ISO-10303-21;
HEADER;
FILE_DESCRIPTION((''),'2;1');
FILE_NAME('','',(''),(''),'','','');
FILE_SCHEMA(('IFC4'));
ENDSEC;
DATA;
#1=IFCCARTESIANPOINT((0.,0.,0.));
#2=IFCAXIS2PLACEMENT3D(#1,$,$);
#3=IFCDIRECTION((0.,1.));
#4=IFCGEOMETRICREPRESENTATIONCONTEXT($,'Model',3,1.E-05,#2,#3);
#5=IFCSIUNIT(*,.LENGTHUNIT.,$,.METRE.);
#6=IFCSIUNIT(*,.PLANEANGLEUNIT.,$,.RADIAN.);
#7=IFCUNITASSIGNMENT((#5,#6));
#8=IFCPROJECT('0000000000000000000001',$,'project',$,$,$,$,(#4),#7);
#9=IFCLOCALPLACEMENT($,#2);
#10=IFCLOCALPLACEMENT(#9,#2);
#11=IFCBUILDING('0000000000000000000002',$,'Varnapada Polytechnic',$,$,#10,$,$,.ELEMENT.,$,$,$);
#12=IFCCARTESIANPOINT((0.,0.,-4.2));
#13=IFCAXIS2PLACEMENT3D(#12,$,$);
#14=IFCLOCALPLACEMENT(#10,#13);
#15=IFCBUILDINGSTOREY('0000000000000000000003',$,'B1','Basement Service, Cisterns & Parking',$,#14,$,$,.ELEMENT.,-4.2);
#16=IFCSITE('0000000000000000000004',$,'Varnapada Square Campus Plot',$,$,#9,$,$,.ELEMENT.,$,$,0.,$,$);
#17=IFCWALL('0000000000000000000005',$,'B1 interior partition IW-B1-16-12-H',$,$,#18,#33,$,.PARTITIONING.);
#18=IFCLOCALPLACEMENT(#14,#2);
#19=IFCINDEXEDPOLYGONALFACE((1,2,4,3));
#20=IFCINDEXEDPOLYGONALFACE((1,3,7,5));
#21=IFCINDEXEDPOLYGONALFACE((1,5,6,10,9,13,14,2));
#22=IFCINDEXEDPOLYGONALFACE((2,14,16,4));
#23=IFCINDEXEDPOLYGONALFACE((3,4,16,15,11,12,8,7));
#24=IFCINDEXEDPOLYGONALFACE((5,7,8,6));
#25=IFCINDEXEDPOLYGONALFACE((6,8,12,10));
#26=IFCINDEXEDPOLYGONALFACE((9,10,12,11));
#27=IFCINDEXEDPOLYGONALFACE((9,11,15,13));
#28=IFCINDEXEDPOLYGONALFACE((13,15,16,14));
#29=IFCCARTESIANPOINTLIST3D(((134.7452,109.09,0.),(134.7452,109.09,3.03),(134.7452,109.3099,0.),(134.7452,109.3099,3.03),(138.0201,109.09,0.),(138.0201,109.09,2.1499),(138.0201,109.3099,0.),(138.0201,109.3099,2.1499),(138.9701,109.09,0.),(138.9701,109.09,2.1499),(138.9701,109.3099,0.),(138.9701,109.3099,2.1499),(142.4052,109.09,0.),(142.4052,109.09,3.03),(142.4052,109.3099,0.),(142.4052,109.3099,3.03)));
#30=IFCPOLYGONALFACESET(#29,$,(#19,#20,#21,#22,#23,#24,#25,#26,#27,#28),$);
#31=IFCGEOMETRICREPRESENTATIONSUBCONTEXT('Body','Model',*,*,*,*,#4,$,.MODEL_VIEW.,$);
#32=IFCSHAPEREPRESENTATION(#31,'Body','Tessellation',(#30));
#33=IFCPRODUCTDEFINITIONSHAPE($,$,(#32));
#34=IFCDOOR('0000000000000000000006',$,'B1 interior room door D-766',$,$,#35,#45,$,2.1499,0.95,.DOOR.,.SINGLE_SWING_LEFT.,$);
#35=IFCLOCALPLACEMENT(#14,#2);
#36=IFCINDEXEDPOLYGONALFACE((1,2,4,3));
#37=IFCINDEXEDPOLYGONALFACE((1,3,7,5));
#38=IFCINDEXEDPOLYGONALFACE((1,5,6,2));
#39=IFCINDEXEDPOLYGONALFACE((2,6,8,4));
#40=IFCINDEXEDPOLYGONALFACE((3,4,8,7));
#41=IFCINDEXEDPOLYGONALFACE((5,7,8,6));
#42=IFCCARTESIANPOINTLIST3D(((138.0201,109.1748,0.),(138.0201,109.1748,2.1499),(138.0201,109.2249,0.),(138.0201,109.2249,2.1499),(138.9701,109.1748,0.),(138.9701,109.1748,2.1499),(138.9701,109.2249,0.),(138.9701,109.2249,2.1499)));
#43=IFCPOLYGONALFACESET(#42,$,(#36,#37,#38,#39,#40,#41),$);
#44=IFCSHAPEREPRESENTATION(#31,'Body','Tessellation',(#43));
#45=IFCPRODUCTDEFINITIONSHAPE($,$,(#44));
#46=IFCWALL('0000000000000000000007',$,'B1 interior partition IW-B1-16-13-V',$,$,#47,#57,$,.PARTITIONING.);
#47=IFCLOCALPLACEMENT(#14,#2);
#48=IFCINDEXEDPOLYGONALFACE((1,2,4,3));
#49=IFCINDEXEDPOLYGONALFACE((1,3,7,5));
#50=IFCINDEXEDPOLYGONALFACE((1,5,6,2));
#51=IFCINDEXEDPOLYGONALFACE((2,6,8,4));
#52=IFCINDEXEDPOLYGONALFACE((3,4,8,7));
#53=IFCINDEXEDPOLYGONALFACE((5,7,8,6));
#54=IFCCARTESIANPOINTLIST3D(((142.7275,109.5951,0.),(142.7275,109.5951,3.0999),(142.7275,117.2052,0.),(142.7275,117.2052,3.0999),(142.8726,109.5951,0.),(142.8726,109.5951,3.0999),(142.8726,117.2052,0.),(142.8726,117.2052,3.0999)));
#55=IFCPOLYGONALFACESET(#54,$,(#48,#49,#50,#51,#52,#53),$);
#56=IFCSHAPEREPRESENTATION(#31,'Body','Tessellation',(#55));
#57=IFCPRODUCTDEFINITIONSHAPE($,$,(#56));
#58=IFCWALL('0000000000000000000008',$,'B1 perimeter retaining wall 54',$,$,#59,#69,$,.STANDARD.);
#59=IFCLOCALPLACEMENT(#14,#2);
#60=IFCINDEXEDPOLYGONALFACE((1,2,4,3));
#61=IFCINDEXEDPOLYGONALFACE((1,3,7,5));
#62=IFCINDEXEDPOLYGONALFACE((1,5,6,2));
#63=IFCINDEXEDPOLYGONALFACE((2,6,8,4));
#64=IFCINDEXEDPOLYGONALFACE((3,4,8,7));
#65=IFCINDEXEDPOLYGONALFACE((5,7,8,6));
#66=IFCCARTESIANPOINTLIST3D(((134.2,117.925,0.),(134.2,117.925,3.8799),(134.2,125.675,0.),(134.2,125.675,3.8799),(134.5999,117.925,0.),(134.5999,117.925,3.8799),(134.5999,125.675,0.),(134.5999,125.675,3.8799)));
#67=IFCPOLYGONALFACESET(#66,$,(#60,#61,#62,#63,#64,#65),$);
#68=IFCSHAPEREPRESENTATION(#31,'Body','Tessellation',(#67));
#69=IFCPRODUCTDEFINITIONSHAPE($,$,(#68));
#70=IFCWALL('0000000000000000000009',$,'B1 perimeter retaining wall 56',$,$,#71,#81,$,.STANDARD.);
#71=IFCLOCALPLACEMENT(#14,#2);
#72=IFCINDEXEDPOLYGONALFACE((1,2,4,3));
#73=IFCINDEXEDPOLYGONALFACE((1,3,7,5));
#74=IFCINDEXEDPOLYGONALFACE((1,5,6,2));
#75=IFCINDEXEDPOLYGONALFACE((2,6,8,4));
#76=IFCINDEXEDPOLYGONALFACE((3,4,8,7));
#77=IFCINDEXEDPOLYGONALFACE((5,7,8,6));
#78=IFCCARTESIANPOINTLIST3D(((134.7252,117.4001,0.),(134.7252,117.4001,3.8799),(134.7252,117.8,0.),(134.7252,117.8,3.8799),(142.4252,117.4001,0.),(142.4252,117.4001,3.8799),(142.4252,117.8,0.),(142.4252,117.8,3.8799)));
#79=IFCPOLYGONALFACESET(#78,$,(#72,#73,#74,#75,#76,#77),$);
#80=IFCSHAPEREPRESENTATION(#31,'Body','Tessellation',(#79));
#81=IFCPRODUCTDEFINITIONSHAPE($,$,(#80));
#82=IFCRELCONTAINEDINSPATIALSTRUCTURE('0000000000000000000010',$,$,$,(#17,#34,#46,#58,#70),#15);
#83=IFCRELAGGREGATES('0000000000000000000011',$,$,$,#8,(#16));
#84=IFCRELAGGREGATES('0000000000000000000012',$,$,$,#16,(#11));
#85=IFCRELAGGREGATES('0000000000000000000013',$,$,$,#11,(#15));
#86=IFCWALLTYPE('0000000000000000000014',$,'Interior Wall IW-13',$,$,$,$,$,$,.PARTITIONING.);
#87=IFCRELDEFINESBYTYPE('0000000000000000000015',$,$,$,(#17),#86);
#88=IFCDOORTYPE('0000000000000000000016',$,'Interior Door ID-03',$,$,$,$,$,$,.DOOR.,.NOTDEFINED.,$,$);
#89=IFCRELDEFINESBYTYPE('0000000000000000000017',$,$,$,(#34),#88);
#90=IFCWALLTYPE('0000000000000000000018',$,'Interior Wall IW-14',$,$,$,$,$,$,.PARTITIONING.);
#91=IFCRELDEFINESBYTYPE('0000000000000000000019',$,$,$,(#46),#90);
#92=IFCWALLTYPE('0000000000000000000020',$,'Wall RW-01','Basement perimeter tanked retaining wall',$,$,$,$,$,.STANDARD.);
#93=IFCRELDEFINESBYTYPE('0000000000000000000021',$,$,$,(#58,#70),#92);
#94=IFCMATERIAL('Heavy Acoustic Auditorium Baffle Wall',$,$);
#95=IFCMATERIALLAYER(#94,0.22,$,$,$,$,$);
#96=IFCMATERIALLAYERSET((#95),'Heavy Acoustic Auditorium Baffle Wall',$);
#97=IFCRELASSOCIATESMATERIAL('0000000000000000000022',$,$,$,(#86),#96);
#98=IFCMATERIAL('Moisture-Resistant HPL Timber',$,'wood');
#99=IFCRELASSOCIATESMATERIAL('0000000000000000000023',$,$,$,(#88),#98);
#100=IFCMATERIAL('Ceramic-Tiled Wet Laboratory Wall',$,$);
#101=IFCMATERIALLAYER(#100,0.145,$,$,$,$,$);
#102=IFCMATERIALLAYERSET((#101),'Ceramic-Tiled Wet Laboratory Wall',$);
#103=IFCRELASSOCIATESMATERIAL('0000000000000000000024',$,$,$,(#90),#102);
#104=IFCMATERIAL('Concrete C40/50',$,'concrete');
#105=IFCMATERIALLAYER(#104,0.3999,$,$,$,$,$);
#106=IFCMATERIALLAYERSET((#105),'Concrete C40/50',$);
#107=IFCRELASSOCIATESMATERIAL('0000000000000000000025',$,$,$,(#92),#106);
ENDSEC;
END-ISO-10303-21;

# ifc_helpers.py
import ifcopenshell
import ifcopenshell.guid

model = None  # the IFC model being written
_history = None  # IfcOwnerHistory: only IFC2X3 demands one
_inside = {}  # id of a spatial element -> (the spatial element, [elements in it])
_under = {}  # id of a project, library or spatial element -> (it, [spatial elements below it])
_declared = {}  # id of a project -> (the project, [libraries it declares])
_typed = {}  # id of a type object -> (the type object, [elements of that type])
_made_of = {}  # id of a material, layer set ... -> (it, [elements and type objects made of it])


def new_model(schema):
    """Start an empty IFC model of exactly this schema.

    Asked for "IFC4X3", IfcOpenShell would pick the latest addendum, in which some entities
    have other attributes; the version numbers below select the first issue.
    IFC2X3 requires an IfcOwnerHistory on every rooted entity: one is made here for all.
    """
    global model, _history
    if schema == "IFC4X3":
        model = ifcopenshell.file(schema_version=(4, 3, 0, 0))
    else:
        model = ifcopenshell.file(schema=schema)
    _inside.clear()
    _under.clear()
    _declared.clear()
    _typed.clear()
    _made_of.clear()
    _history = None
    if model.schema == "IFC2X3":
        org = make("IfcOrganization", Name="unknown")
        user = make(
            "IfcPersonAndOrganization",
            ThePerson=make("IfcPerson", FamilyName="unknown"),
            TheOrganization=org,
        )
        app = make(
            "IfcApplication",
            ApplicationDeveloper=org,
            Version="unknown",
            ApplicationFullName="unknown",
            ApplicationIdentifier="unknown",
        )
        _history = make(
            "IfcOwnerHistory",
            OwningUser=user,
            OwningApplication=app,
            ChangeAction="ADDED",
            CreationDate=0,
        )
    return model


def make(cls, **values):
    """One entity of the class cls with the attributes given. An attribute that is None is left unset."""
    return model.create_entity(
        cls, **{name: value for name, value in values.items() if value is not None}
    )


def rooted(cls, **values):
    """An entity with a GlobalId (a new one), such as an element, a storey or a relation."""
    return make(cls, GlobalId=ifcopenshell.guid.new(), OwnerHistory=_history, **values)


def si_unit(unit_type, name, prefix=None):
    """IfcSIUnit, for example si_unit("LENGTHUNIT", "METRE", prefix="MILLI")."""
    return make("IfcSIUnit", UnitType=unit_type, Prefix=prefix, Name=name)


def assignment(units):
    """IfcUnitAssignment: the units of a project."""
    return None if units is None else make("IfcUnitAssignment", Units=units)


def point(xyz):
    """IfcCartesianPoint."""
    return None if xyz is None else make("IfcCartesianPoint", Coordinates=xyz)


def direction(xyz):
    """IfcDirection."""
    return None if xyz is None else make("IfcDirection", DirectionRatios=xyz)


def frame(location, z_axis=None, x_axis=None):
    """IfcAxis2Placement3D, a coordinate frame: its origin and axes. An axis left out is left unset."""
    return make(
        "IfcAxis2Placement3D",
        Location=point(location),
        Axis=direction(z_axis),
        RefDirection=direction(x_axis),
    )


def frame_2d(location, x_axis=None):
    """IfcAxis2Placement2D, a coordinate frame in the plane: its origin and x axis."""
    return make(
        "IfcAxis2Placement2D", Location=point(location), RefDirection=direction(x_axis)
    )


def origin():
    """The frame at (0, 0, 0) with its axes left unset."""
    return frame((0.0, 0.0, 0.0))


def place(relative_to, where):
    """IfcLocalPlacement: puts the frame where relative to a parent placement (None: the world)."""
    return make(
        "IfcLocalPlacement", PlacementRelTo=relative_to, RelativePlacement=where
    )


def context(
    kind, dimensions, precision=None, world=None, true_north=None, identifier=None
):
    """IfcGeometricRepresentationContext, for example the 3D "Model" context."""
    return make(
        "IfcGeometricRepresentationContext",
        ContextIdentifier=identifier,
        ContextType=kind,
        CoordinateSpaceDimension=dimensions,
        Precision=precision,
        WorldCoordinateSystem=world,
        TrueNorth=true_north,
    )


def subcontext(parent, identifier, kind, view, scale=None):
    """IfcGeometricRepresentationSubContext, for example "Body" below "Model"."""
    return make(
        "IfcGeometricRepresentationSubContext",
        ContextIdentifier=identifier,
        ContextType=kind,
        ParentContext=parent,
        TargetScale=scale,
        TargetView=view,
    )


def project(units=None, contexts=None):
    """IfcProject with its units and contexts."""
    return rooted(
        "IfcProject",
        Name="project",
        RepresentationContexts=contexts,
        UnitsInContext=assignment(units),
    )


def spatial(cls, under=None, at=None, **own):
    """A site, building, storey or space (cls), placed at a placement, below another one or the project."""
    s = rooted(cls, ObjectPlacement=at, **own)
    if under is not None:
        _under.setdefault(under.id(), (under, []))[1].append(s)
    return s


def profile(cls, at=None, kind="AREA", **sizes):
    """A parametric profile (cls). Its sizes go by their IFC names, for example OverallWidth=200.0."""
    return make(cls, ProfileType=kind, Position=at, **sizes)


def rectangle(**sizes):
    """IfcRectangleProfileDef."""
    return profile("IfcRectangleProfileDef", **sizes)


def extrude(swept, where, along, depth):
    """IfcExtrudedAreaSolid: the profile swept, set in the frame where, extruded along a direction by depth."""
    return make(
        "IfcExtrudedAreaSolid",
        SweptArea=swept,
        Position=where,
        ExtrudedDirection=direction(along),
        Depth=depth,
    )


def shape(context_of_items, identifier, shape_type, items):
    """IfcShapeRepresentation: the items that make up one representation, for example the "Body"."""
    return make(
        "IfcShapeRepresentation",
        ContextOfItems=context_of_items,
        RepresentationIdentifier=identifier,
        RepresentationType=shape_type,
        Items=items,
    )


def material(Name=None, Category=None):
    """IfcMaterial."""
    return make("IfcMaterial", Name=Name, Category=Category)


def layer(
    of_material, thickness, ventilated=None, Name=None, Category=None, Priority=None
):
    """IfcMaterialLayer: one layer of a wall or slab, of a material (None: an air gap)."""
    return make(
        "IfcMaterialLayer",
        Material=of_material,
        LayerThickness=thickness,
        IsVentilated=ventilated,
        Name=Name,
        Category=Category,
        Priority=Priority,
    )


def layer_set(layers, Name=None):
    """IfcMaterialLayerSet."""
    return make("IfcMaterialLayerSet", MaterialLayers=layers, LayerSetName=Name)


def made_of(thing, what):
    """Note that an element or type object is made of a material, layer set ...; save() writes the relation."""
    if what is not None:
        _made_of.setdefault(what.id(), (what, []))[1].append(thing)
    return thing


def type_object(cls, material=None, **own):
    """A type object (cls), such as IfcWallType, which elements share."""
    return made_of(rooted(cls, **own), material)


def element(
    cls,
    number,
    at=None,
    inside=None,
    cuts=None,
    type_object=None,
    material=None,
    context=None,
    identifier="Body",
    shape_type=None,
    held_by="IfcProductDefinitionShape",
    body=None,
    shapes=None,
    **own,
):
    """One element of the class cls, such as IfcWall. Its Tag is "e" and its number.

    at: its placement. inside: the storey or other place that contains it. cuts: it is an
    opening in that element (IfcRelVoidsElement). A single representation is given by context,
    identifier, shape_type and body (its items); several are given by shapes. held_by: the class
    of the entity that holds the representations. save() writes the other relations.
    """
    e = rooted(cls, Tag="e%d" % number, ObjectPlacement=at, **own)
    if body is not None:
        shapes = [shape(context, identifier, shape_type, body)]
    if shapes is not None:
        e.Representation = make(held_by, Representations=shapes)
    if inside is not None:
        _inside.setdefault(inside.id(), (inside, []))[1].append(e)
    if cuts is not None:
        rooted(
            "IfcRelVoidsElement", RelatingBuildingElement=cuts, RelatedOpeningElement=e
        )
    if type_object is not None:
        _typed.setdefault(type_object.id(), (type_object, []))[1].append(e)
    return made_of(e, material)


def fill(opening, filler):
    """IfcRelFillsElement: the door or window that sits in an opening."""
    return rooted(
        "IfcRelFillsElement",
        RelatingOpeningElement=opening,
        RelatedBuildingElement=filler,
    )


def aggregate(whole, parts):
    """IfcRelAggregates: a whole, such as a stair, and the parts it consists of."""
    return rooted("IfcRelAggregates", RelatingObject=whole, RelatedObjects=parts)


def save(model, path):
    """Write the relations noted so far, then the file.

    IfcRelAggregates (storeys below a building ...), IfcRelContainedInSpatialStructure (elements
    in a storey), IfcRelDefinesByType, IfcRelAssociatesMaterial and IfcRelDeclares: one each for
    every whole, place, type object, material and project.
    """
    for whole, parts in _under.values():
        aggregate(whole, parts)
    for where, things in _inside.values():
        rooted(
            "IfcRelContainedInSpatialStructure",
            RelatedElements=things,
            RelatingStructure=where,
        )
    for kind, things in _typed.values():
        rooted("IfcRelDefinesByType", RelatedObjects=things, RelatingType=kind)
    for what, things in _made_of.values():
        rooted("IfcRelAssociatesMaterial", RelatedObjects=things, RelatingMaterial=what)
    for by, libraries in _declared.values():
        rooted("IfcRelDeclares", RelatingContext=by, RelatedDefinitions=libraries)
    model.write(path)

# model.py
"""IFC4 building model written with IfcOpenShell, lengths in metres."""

from ifc_helpers import new_model, si_unit, direction, frame, frame_2d, origin, place, context, subcontext, project, spatial, rectangle, extrude, material, layer, layer_set, type_object, element, fill, save


model = new_model("IFC4")

# Units and contexts
model_context = context("Model", 3, precision=1e-05, world=origin(), true_north=direction((0.0, 1.0)))
body_context = subcontext(model_context, "Body", "Model", "MODEL_VIEW")
ifc_project = project(units=[si_unit("LENGTHUNIT", "METRE"), si_unit("PLANEANGLEUNIT", "RADIAN")], contexts=[model_context])

# Site, building, storey
site_placement = place(None, origin())
site = spatial("IfcSite", under=ifc_project, at=site_placement, Name="Varnapada Square Campus Plot", CompositionType="ELEMENT", RefElevation=0.0)
building_placement = place(site_placement, origin())
building = spatial("IfcBuilding", under=site, at=building_placement, Name="Varnapada Polytechnic", CompositionType="ELEMENT")
storey_placement = place(building_placement, frame((0.0, 0.0, -4.2)))
storey = spatial("IfcBuildingStorey", under=building, at=storey_placement, Name="B1", Description="Basement Service, Cisterns & Parking", CompositionType="ELEMENT", Elevation=-4.2)

# Shared definitions
ifc_material_1 = material(Name="Concrete C40/50", Category="concrete")

# Wall, opening, door
ifc_material_2 = material(Name="Heavy Acoustic Auditorium Baffle Wall")
ifc_layer_1 = layer(ifc_material_2, 0.22)
ifc_layer_set_1 = layer_set([ifc_layer_1], Name="Heavy Acoustic Auditorium Baffle Wall")
wall_type_1 = type_object("IfcWallType", Name="Interior Wall IW-13", PredefinedType="PARTITIONING", material=ifc_layer_set_1)
wall_1_placement = place(storey_placement, frame((134.7451, 109.2, 0.0), z_axis=(0.0, 0.0, 1.0), x_axis=(1.0, 0.0, 0.0)))
wall_1 = element("IfcWall", 1, at=wall_1_placement, inside=storey, type_object=wall_type_1, Name="B1 interior partition IW-B1-16-12-H", PredefinedType="PARTITIONING", context=body_context, shape_type="SweptSolid", body=[
    extrude(rectangle(XDim=7.6599, YDim=0.22, at=frame_2d((3.8301, 0.0))), origin(), (0.0, 0.0, 1.0), 3.03),
])
opening_placement = place(wall_1_placement, frame((3.2749, 0.0, 0.0)))
opening = element("IfcOpeningElement", 2, at=opening_placement, cuts=wall_1, PredefinedType="OPENING", context=body_context, shape_type="SweptSolid", body=[
    extrude(rectangle(XDim=0.95, YDim=2.1499, at=frame_2d((0.4751, 1.075))), frame((0.0, 0.1199, 0.0), z_axis=(0.0, -1.0, 0.0), x_axis=(1.0, 0.0, 0.0)), (0.0, 0.0, 1.0), 0.24),
])
ifc_material_3 = material(Name="Moisture-Resistant HPL Timber", Category="wood")
door_type = type_object("IfcDoorType", Name="Interior Door ID-03", OperationType="NOTDEFINED", PredefinedType="DOOR", material=ifc_material_3)
door_placement = place(opening_placement, origin())
door = element("IfcDoor", 3, at=door_placement, inside=storey, type_object=door_type, Name="B1 interior room door D-766", OperationType="SINGLE_SWING_LEFT", OverallHeight=2.1499, OverallWidth=0.95, PredefinedType="DOOR", context=body_context, shape_type="SweptSolid", body=[
    extrude(rectangle(XDim=0.95, YDim=2.1499, at=frame_2d((0.4751, 1.075))), frame((0.0, 0.0249, 0.0), z_axis=(0.0, -1.0, 0.0), x_axis=(1.0, 0.0, 0.0)), (0.0, 0.0, 1.0), 0.05),
])
fill(opening, door)

# Walls
ifc_material_4 = material(Name="Ceramic-Tiled Wet Laboratory Wall")
ifc_layer_2 = layer(ifc_material_4, 0.145)
ifc_layer_set_2 = layer_set([ifc_layer_2], Name="Ceramic-Tiled Wet Laboratory Wall")
wall_type_2 = type_object("IfcWallType", Name="Interior Wall IW-14", PredefinedType="PARTITIONING", material=ifc_layer_set_2)
wall_2_placement = place(storey_placement, frame((142.8, 109.595, 0.0), z_axis=(0.0, 0.0, 1.0), x_axis=(0.0, 1.0, 0.0)))
element("IfcWall", 4, at=wall_2_placement, inside=storey, type_object=wall_type_2, Name="B1 interior partition IW-B1-16-13-V", PredefinedType="PARTITIONING", context=body_context, shape_type="SweptSolid", body=[
    extrude(rectangle(XDim=7.6101, YDim=0.145, at=frame_2d((3.8052, 0.0))), origin(), (0.0, 0.0, 1.0), 3.0999),
])
ifc_layer_3 = layer(ifc_material_1, 0.3999)
ifc_layer_set_3 = layer_set([ifc_layer_3], Name="Concrete C40/50")
wall_type_3 = type_object("IfcWallType", Name="Wall RW-01", Description="Basement perimeter tanked retaining wall", PredefinedType="STANDARD", material=ifc_layer_set_3)
wall_3_placement = place(storey_placement, frame((134.3999, 125.675, 0.0), z_axis=(0.0, 0.0, 1.0), x_axis=(0.0, -1.0, 0.0)))
element("IfcWall", 5, at=wall_3_placement, inside=storey, type_object=wall_type_3, Name="B1 perimeter retaining wall 54", PredefinedType="STANDARD", context=body_context, shape_type="SweptSolid", body=[
    extrude(rectangle(XDim=7.75, YDim=0.3999, at=frame_2d((3.875, 0.0))), origin(), (0.0, 0.0, 1.0), 3.8799),
])
wall_4_placement = place(storey_placement, frame((134.7251, 117.6001, 0.0), z_axis=(0.0, 0.0, 1.0), x_axis=(1.0, 0.0, 0.0)))
element("IfcWall", 6, at=wall_4_placement, inside=storey, type_object=wall_type_3, Name="B1 perimeter retaining wall 56", PredefinedType="STANDARD", context=body_context, shape_type="SweptSolid", body=[
    extrude(rectangle(XDim=7.7, YDim=0.3999, at=frame_2d((3.8501, 0.0))), origin(), (0.0, 0.0, 1.0), 3.8799),
])

save(model, "model.ifc")
